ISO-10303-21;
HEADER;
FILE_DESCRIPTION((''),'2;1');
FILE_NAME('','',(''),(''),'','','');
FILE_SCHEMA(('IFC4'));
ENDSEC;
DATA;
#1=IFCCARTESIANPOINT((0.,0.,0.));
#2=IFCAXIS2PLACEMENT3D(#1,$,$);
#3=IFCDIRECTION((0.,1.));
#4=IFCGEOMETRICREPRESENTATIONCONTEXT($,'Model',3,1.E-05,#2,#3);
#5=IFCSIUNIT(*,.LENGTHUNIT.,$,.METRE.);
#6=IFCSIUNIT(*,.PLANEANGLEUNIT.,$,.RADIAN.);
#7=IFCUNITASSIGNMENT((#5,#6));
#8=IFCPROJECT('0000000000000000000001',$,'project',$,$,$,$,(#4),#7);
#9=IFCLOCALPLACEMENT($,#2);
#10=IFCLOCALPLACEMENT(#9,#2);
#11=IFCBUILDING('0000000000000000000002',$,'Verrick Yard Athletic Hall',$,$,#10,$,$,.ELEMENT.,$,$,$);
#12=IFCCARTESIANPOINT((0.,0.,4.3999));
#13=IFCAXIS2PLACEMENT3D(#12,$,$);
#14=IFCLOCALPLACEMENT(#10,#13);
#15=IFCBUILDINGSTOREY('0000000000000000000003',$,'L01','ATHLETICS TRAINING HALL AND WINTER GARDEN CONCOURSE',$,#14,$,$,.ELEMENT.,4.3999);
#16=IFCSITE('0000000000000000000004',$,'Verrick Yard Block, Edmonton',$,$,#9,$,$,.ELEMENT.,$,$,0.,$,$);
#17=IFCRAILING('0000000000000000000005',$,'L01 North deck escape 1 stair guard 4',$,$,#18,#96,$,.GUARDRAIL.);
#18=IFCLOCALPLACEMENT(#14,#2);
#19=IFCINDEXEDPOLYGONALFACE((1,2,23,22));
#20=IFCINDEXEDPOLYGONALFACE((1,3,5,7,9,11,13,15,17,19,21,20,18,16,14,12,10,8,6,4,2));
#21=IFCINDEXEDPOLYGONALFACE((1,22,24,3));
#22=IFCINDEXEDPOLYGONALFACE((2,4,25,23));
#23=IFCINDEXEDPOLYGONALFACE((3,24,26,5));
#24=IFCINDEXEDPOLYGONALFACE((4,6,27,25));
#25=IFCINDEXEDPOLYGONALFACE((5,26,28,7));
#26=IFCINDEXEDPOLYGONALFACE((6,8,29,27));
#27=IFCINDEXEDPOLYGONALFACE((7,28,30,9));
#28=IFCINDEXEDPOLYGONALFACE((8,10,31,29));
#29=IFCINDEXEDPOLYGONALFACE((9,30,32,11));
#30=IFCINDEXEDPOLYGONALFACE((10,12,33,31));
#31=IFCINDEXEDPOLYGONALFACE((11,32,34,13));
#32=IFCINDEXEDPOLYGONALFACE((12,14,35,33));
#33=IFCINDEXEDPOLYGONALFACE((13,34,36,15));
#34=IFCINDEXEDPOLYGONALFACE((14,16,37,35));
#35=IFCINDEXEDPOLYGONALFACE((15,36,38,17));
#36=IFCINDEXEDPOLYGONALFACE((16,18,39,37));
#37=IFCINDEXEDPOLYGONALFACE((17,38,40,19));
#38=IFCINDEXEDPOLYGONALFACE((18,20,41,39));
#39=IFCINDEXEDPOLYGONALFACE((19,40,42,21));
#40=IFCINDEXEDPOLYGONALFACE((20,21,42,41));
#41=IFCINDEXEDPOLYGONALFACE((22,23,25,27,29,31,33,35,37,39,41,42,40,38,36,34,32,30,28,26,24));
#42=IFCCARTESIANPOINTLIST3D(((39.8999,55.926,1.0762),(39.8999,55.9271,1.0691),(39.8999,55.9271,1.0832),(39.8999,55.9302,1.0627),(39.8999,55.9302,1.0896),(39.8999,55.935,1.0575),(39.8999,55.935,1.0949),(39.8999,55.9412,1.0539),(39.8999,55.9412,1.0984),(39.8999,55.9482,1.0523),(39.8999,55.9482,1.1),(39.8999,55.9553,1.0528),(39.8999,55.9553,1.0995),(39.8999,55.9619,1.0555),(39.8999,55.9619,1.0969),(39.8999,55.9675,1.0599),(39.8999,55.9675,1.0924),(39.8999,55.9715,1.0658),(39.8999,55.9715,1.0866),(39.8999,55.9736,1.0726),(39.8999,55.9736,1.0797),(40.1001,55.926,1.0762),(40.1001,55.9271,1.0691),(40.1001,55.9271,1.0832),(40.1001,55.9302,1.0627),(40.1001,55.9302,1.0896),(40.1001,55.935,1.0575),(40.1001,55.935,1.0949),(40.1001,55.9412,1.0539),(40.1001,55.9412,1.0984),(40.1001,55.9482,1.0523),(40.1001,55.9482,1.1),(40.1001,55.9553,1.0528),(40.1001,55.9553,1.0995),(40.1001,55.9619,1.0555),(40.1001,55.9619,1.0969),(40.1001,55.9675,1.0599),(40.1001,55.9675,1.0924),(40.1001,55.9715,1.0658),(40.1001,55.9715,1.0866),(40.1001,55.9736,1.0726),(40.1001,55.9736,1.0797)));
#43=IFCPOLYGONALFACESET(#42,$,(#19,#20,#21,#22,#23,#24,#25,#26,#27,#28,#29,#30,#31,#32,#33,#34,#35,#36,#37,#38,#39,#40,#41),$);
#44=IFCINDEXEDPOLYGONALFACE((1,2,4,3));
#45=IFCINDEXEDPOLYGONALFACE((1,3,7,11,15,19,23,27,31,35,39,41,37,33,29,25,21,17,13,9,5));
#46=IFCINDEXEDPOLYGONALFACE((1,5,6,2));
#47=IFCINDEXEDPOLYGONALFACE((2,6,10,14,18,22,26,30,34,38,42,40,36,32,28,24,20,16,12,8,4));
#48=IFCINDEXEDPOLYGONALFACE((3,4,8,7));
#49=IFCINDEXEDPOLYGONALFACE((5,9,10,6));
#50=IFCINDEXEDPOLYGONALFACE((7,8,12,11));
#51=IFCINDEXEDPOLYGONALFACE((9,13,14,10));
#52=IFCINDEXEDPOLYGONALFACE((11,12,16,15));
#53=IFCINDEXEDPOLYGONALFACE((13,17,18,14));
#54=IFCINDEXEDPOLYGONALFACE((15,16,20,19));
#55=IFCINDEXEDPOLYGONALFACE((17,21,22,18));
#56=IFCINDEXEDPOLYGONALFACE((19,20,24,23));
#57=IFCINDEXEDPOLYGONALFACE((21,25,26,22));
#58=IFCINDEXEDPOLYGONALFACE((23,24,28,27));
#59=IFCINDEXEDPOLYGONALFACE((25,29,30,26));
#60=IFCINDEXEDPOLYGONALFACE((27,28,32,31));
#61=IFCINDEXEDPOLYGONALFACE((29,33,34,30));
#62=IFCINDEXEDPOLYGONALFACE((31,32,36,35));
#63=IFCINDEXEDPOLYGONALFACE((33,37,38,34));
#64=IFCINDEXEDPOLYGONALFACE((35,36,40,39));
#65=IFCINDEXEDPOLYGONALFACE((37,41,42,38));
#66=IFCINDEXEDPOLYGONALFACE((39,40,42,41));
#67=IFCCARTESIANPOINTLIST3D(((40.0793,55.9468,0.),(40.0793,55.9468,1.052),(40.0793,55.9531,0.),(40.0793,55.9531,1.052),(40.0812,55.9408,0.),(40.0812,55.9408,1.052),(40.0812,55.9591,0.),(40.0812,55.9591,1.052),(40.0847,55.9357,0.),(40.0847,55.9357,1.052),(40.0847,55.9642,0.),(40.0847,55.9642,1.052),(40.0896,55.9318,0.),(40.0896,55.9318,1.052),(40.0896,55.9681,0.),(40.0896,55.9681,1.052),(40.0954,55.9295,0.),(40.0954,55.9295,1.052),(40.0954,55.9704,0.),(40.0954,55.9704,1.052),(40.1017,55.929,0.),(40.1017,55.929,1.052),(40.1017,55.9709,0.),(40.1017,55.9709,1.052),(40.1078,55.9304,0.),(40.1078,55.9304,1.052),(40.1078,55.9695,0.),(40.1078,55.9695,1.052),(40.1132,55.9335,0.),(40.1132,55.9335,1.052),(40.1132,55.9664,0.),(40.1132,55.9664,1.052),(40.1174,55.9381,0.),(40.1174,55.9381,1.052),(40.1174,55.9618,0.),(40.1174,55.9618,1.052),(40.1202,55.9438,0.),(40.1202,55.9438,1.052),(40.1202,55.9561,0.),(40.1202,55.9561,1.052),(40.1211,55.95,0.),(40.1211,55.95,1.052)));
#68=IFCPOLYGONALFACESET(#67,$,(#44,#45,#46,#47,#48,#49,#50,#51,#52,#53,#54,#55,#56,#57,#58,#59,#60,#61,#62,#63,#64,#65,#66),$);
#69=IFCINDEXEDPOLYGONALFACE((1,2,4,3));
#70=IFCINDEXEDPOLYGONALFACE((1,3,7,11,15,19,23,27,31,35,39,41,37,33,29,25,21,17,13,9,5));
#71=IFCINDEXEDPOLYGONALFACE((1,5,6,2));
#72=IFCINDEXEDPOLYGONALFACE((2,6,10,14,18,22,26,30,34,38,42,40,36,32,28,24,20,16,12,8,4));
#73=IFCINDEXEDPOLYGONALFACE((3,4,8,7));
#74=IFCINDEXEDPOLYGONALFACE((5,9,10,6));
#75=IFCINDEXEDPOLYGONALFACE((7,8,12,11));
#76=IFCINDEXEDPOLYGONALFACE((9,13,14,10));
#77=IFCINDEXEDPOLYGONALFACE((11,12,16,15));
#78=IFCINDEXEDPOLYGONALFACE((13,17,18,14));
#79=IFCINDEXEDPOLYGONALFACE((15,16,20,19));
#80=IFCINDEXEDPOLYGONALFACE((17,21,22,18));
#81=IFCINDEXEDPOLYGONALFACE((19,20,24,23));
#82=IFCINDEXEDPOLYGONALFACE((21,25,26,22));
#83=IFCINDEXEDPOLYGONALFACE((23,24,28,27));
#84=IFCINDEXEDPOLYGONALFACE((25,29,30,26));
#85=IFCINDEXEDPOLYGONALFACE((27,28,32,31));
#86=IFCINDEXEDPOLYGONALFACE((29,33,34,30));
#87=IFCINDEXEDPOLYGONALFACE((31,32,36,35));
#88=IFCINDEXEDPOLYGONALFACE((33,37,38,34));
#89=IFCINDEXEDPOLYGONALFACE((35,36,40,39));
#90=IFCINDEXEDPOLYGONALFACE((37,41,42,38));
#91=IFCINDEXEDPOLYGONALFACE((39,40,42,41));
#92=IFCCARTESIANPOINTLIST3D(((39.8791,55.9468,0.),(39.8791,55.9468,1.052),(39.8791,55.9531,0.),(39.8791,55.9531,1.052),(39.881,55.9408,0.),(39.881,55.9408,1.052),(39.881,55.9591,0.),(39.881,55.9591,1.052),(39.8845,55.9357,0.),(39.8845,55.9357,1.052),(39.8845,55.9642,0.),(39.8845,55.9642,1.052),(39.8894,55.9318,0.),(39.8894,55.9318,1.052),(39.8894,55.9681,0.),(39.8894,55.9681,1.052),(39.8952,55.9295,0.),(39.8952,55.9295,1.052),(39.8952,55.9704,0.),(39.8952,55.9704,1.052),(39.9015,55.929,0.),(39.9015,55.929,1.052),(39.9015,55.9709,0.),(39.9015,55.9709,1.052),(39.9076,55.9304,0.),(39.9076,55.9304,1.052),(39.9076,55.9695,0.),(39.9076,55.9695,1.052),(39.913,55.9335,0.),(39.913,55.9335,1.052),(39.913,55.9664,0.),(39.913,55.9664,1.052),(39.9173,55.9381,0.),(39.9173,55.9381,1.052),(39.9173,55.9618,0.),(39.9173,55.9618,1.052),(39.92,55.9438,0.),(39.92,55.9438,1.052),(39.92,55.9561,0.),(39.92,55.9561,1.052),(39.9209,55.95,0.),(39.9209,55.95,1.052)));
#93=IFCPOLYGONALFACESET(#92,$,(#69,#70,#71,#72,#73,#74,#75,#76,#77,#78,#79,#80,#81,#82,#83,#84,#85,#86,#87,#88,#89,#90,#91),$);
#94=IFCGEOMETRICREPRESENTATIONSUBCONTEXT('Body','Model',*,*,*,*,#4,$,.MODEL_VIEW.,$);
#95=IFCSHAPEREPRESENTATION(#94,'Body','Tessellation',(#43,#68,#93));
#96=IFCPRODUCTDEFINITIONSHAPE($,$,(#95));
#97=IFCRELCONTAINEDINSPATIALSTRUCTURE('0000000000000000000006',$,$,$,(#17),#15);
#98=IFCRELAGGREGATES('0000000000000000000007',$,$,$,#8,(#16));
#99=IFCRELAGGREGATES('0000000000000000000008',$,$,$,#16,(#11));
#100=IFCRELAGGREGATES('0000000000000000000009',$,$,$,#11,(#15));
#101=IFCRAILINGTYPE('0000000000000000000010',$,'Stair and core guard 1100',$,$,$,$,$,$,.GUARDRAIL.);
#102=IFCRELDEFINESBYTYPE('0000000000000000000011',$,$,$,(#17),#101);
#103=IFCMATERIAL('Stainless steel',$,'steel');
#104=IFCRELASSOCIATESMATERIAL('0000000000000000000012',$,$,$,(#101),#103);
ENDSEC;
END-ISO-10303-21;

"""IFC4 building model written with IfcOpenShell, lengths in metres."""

from ifc_helpers import new_model, si_unit, direction, frame, origin, origin_2d, place, context, subcontext, project, spatial, circle, extrude, material, type_object, element, save


model = new_model("IFC4")

# Units and contexts
model_context = context("Model", 3, precision=1e-05, world=origin(), true_north=direction((0.0, 1.0)))
body_context = subcontext(model_context, "Body", "Model", "MODEL_VIEW")
ifc_project = project(units=[si_unit("LENGTHUNIT", "METRE"), si_unit("PLANEANGLEUNIT", "RADIAN")], contexts=[model_context])

# Site, building, storey
site_placement = place(None, origin())
site = spatial("IfcSite", under=ifc_project, at=site_placement, Name="Verrick Yard Block, Edmonton", CompositionType="ELEMENT", RefElevation=0.0)
building_placement = place(site_placement, origin())
building = spatial("IfcBuilding", under=site, at=building_placement, Name="Verrick Yard Athletic Hall", CompositionType="ELEMENT")
storey_placement = place(building_placement, frame((0.0, 0.0, 4.3999)))
storey = spatial("IfcBuildingStorey", under=building, at=storey_placement, Name="L01", Description="ATHLETICS TRAINING HALL AND WINTER GARDEN CONCOURSE", CompositionType="ELEMENT", Elevation=4.3999)

# Railing
ifc_material_1 = material(Name="Stainless steel", Category="steel")
railing_type_1 = type_object("IfcRailingType", Name="Stair and core guard 1100", PredefinedType="GUARDRAIL", material=ifc_material_1)
railing_1_placement = place(storey_placement, frame((40.1001, 55.95, 0.0)))
element("IfcRailing", 1, at=railing_1_placement, inside=storey, type_object=railing_type_1, Name="L01 North deck escape 1 stair guard 4", PredefinedType="GUARDRAIL", context=body_context, shape_type="SweptSolid", body=[
    extrude(circle(Radius=0.0239, at=origin_2d()), frame((0.0, 0.0, 1.0762), z_axis=(-1.0, 0.0, 0.0), x_axis=(0.0, -1.0, 0.0)), (0.0, 0.0, 1.0), 0.2002),
    extrude(circle(Radius=0.021, at=origin_2d()), origin(), (0.0, 0.0, 1.0), 1.052),
    extrude(circle(Radius=0.021, at=origin_2d()), frame((-0.2002, 0.0, 0.0)), (0.0, 0.0, 1.0), 1.052),
])

save(model, "model.ifc")
